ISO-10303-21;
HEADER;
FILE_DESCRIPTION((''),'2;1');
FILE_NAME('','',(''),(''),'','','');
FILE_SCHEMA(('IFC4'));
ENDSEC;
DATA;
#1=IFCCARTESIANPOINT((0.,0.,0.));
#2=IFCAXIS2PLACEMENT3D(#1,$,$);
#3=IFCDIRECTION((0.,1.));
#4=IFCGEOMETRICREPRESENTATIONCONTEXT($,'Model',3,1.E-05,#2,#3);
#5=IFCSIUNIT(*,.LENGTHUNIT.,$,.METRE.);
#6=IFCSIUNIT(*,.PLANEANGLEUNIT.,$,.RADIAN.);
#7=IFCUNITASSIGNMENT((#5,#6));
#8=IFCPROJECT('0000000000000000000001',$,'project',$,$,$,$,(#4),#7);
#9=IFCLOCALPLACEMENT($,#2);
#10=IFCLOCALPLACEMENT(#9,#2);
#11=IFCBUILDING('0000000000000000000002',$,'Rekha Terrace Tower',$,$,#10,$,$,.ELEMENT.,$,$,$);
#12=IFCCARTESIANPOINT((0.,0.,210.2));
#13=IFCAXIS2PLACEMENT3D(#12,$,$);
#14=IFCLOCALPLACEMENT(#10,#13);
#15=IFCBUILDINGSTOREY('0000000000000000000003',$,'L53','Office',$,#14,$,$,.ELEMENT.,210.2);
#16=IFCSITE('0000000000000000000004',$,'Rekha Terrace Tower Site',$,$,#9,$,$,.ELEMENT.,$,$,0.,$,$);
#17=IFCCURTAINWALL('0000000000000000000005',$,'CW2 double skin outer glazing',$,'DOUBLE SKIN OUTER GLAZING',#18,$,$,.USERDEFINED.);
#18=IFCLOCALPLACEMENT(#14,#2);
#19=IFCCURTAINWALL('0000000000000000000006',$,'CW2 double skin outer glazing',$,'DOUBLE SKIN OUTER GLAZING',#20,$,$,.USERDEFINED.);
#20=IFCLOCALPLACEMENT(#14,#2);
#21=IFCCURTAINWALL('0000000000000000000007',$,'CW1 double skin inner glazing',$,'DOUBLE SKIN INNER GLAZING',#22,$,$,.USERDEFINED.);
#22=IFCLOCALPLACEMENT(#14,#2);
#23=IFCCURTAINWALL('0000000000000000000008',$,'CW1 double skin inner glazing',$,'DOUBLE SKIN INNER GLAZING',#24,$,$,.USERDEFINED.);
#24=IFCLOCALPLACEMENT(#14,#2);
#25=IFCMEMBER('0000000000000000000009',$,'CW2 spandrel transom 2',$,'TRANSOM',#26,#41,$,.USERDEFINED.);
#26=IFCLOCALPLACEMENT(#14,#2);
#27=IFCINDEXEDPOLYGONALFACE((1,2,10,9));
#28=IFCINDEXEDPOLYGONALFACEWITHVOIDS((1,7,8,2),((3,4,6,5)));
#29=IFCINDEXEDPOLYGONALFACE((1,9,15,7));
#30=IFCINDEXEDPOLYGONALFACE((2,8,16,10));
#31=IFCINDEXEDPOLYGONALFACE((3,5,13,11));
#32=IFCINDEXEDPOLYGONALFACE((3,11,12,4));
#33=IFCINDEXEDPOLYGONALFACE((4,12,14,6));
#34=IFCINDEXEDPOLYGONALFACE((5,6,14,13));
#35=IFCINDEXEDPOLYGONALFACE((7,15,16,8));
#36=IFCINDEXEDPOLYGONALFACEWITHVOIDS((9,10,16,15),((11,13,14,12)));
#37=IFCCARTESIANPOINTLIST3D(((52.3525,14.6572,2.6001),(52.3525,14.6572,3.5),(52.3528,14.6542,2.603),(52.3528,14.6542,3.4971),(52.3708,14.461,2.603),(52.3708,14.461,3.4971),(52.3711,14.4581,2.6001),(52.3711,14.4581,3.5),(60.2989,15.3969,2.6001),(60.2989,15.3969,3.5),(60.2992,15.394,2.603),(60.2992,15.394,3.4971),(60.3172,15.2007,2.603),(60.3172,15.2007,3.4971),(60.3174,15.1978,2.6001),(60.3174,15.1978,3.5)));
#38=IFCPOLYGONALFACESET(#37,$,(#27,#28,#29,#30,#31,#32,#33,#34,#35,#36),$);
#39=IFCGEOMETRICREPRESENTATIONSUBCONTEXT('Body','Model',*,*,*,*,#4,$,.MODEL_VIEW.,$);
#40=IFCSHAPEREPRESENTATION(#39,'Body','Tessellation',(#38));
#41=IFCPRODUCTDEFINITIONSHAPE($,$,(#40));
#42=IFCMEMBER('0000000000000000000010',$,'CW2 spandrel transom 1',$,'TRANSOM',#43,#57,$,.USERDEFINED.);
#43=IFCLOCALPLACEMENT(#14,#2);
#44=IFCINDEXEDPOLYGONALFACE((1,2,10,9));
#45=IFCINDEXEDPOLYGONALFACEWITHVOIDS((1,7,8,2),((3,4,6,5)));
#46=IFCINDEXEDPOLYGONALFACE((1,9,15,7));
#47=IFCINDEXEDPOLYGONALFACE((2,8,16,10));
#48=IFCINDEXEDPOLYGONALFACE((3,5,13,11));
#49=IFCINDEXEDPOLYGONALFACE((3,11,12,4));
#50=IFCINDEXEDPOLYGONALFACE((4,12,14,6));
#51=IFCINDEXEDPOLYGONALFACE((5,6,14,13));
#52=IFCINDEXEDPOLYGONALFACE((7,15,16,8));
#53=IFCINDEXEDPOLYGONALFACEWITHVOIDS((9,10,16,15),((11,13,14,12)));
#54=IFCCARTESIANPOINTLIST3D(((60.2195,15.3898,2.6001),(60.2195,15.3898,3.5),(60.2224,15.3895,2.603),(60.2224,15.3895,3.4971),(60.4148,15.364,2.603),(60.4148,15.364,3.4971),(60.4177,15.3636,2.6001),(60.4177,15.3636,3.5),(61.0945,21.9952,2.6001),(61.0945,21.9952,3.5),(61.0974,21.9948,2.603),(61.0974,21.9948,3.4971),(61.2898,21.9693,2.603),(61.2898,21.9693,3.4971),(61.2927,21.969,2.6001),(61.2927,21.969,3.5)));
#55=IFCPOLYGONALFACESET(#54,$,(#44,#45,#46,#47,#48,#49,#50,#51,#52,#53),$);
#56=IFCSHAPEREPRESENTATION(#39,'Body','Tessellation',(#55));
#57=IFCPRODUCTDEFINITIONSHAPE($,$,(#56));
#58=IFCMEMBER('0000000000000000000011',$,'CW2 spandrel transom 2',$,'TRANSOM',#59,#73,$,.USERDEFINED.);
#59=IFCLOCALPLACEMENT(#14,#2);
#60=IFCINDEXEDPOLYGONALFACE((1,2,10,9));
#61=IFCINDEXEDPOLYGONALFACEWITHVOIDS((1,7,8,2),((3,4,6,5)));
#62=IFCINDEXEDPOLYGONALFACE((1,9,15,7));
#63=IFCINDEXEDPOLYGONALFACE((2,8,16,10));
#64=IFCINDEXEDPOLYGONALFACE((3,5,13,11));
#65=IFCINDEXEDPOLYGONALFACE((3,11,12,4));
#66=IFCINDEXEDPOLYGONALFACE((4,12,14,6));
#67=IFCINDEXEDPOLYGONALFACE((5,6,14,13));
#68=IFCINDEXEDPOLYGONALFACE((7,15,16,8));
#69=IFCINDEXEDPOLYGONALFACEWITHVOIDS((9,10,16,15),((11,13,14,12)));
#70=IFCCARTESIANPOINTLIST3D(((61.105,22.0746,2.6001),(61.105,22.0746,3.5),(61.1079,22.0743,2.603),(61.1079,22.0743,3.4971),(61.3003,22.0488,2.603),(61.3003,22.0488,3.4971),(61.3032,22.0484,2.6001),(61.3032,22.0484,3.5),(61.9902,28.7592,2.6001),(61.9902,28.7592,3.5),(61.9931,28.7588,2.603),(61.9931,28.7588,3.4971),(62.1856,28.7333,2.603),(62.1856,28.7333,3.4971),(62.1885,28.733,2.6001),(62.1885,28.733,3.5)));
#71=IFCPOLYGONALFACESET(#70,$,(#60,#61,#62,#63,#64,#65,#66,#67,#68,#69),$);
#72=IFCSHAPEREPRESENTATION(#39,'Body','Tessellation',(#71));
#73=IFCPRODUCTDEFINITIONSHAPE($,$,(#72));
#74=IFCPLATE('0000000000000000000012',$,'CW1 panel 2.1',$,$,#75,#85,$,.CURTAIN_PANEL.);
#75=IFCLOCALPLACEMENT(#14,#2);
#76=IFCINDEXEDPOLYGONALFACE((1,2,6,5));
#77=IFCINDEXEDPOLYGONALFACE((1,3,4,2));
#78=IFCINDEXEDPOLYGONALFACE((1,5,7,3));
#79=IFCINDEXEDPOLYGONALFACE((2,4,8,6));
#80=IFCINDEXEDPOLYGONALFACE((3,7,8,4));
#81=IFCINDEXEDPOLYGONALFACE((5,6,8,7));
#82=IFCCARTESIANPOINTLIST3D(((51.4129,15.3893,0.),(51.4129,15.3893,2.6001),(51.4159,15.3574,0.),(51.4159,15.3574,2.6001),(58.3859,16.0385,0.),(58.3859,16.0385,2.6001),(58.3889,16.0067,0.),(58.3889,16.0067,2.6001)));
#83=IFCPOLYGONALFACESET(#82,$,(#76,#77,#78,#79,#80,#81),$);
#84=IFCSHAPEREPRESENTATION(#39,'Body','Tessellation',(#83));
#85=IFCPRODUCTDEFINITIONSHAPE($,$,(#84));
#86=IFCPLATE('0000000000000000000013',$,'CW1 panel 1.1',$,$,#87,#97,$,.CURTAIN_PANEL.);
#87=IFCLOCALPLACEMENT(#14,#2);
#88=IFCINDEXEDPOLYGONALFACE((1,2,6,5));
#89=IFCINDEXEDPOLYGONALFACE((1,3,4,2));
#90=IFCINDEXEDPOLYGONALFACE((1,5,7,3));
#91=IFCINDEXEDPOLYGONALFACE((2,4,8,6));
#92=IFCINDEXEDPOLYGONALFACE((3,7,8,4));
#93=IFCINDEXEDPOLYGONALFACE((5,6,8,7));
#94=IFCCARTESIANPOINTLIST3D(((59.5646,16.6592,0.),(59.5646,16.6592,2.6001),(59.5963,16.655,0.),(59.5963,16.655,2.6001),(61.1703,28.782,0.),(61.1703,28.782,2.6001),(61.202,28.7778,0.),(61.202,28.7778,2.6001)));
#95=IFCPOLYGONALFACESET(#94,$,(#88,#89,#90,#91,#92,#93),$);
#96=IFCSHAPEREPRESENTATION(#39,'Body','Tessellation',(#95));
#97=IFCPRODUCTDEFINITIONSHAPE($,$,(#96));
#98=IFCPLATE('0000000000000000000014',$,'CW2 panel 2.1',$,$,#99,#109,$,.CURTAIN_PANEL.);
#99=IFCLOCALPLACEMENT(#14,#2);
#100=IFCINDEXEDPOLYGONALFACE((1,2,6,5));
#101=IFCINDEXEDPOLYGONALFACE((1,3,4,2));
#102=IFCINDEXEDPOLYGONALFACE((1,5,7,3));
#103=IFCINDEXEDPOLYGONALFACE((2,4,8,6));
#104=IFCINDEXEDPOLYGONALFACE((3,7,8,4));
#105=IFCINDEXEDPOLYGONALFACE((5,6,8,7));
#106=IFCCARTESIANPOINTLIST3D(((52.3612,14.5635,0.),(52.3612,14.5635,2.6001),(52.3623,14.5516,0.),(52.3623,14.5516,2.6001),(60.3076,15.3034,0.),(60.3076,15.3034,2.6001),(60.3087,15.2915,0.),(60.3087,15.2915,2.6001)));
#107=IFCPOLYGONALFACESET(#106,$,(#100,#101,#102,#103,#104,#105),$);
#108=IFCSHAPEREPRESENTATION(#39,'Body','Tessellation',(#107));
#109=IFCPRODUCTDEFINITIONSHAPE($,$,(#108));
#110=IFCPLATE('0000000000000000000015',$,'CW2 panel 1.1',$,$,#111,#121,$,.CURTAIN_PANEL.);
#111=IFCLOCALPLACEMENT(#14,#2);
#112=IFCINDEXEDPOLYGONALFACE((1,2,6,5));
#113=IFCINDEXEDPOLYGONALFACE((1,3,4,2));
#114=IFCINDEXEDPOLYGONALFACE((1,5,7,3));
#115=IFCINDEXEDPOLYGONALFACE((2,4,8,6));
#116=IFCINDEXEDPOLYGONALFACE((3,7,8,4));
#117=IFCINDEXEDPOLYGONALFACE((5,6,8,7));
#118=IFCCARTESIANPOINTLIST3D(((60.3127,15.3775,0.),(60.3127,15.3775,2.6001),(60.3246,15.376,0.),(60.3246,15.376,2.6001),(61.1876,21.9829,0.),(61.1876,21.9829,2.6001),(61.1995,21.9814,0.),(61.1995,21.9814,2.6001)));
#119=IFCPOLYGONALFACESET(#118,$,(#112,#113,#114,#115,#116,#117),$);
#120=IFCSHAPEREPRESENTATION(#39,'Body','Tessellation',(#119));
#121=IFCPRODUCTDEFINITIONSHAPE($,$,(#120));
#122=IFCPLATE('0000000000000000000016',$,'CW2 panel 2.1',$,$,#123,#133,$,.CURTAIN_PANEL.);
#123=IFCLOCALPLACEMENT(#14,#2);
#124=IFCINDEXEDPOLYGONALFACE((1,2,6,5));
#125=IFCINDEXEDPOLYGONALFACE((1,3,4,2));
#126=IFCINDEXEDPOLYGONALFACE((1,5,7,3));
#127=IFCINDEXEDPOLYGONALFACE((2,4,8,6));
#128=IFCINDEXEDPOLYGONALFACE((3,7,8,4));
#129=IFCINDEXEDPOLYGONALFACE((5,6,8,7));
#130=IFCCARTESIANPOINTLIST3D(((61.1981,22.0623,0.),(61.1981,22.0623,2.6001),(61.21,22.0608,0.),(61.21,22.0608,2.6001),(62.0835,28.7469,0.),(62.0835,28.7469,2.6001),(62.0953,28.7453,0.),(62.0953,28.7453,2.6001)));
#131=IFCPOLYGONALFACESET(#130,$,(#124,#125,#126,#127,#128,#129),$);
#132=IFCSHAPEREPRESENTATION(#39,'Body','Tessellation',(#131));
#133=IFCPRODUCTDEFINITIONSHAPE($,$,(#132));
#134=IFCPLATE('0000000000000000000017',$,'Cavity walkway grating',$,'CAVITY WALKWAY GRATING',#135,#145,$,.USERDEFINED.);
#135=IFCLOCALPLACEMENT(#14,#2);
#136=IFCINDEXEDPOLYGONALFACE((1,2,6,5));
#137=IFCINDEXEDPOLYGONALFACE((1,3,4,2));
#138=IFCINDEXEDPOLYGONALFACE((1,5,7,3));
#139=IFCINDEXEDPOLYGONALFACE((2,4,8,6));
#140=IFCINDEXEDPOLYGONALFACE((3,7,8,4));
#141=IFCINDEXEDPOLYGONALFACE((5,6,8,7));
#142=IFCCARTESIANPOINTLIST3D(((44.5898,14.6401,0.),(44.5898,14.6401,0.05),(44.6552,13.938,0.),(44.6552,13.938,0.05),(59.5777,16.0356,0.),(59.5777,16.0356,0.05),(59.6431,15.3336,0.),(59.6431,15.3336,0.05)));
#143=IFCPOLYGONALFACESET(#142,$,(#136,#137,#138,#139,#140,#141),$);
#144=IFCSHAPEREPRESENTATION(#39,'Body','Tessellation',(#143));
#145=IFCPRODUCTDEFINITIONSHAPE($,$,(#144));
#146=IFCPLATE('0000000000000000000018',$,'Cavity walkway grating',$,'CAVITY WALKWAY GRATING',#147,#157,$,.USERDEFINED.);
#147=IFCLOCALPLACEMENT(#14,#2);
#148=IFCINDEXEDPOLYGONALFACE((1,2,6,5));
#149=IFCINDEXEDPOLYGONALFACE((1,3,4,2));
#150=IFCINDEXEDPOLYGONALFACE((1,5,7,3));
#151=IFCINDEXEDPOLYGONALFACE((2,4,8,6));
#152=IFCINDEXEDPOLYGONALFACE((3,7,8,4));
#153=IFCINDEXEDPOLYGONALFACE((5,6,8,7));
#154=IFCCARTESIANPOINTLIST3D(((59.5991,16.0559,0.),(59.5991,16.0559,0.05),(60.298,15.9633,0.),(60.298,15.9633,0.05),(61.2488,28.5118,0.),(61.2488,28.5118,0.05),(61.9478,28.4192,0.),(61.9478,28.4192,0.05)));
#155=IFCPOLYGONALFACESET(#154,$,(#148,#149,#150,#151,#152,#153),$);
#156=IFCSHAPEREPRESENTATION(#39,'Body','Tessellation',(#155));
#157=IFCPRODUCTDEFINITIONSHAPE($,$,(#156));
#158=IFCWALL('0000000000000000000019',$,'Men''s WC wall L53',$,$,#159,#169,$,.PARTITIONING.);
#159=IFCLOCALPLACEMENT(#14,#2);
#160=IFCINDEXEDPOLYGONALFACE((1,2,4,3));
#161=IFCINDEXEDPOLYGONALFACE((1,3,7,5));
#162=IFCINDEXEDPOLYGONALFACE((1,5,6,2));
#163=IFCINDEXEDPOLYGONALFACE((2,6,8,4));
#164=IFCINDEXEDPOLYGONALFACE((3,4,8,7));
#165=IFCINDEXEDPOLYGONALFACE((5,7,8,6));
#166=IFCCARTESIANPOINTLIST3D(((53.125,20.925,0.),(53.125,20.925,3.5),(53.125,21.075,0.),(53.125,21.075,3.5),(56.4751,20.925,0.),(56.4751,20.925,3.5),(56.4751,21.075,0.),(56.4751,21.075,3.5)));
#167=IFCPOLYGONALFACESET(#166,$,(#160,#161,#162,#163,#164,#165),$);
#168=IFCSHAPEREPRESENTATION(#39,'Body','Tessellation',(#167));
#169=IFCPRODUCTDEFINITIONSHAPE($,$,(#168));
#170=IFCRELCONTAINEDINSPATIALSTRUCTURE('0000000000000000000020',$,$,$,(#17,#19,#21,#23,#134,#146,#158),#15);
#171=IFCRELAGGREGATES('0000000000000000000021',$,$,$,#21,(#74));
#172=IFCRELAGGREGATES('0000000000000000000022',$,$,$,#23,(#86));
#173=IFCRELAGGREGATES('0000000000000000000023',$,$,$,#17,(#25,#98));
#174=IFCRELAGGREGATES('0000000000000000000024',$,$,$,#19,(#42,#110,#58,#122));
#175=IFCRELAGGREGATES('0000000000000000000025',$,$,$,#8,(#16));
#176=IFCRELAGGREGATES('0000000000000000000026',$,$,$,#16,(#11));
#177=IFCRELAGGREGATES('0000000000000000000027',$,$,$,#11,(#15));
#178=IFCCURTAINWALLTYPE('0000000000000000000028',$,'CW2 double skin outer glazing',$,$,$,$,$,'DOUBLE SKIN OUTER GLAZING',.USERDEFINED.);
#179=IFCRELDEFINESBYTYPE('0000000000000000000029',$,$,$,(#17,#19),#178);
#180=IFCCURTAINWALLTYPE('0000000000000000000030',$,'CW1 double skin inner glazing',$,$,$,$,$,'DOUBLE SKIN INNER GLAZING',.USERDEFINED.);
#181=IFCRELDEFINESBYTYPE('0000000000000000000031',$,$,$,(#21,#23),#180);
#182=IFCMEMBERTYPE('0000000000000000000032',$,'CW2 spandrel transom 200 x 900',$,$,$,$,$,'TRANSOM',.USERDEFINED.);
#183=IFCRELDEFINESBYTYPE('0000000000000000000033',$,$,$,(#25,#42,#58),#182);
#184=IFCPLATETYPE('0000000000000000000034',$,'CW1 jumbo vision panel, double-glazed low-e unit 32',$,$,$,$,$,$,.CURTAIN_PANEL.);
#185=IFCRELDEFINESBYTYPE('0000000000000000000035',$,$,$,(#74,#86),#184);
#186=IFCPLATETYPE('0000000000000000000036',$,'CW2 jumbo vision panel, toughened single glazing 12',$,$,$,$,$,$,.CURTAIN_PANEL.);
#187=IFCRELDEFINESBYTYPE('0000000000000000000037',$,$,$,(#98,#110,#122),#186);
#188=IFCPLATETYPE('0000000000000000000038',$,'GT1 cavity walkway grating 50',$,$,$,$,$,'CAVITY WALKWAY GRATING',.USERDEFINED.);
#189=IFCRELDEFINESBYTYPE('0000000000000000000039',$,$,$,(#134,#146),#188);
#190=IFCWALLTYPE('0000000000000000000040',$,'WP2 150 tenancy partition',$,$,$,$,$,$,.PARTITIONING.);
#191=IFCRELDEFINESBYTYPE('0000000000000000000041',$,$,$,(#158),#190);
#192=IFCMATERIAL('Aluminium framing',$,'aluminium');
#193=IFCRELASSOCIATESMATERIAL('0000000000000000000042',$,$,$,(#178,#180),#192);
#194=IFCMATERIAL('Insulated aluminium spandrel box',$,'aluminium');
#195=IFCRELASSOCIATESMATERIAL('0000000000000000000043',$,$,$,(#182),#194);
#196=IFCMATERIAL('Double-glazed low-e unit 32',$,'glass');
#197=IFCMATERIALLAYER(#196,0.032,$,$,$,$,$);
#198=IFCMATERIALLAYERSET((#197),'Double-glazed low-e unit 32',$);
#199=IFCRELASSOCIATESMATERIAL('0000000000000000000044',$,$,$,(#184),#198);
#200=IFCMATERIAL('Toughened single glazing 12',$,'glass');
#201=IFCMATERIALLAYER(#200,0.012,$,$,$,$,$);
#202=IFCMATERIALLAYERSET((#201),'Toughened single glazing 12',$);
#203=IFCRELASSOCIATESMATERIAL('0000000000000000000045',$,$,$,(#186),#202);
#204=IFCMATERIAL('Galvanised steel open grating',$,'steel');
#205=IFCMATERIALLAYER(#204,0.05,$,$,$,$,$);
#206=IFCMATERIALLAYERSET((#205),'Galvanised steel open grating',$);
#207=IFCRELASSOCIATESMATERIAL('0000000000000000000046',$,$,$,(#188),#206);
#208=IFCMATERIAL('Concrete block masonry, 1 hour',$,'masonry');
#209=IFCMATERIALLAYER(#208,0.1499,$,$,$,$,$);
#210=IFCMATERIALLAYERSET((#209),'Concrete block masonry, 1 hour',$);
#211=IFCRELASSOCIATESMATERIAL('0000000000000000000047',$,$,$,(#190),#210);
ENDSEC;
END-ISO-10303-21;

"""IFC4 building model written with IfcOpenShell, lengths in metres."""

from ifc_helpers import new_model, si_unit, direction, frame, frame_2d, origin, origin_2d, place, context, subcontext, project, spatial, rectangle, hollow_rectangle, extrude, material, layer, layer_set, material_profile, profile_set, type_object, element, aggregate, save


model = new_model("IFC4")

# Units and contexts
model_context = context("Model", 3, precision=1e-05, world=origin(), true_north=direction((0.0, 1.0)))
body_context = subcontext(model_context, "Body", "Model", "MODEL_VIEW")
ifc_project = project(units=[si_unit("LENGTHUNIT", "METRE"), si_unit("PLANEANGLEUNIT", "RADIAN")], contexts=[model_context])

# Site, building, storey
site_placement = place(None, origin())
site = spatial("IfcSite", under=ifc_project, at=site_placement, Name="Rekha Terrace Tower Site", CompositionType="ELEMENT", RefElevation=0.0)
building_placement = place(site_placement, origin())
building = spatial("IfcBuilding", under=site, at=building_placement, Name="Rekha Terrace Tower", CompositionType="ELEMENT")
storey_placement = place(building_placement, frame((0.0, 0.0, 210.2)))
storey = spatial("IfcBuildingStorey", under=building, at=storey_placement, Name="L53", Description="Office", CompositionType="ELEMENT", Elevation=210.2)

# Curtain walls
ifc_material_1 = material(Name="Aluminium framing", Category="aluminium")
curtain_wall_type_1 = type_object("IfcCurtainWallType", Name="CW2 double skin outer glazing", ElementType="DOUBLE SKIN OUTER GLAZING", PredefinedType="USERDEFINED", material=ifc_material_1)
curtain_wall_1_placement = place(storey_placement, origin())
curtain_wall_1 = element("IfcCurtainWall", 1, at=curtain_wall_1_placement, inside=storey, type_object=curtain_wall_type_1, Name="CW2 double skin outer glazing", ObjectType="DOUBLE SKIN OUTER GLAZING", PredefinedType="USERDEFINED")
curtain_wall_2_placement = place(storey_placement, origin())
curtain_wall_2 = element("IfcCurtainWall", 2, at=curtain_wall_2_placement, inside=storey, type_object=curtain_wall_type_1, Name="CW2 double skin outer glazing", ObjectType="DOUBLE SKIN OUTER GLAZING", PredefinedType="USERDEFINED")
curtain_wall_type_2 = type_object("IfcCurtainWallType", Name="CW1 double skin inner glazing", ElementType="DOUBLE SKIN INNER GLAZING", PredefinedType="USERDEFINED", material=ifc_material_1)
curtain_wall_3_placement = place(storey_placement, origin())
curtain_wall_3 = element("IfcCurtainWall", 3, at=curtain_wall_3_placement, inside=storey, type_object=curtain_wall_type_2, Name="CW1 double skin inner glazing", ObjectType="DOUBLE SKIN INNER GLAZING", PredefinedType="USERDEFINED")

# Curtain wall
curtain_wall_4_placement = place(storey_placement, origin())
curtain_wall_4 = element("IfcCurtainWall", 4, at=curtain_wall_4_placement, inside=storey, type_object=curtain_wall_type_2, Name="CW1 double skin inner glazing", ObjectType="DOUBLE SKIN INNER GLAZING", PredefinedType="USERDEFINED")
ifc_material_2 = material(Name="Insulated aluminium spandrel box", Category="aluminium")

# Members
ifc_material_profile_1 = material_profile(ifc_material_2, hollow_rectangle(XDim=0.2, YDim=0.8999, WallThickness=0.0029, at=origin_2d()), Name="AL SPANDREL BOX 200x900")
ifc_profile_set_1 = profile_set([ifc_material_profile_1], Name="Insulated aluminium spandrel box")
member_type_1 = type_object("IfcMemberType", Name="CW2 spandrel transom 200 x 900", ElementType="TRANSOM", PredefinedType="USERDEFINED", material=ifc_profile_set_1)
member_1_placement = place(storey_placement, frame((52.3618, 14.5576, 3.05), z_axis=(0.995695, 0.092692, 0.0), x_axis=(-0.092692, 0.995695, 0.0)))
member_1 = element("IfcMember", 5, at=member_1_placement, type_object=member_type_1, Name="CW2 spandrel transom 2", ObjectType="TRANSOM", PredefinedType="USERDEFINED", context=body_context, shape_type="SweptSolid", body=[
    extrude(hollow_rectangle(XDim=0.2, YDim=0.8999, WallThickness=0.0029, at=origin_2d()), origin(), (0.0, 0.0, 1.0), 7.9807),
])
member_2_placement = place(storey_placement, frame((60.3186, 15.3767, 3.05), z_axis=(0.131319, 0.99134, 0.0), x_axis=(-0.99134, 0.131319, 0.0)))
member_2 = element("IfcMember", 6, at=member_2_placement, type_object=member_type_1, Name="CW2 spandrel transom 1", ObjectType="TRANSOM", PredefinedType="USERDEFINED", context=body_context, shape_type="SweptSolid", body=[
    extrude(hollow_rectangle(XDim=0.2, YDim=0.8999, WallThickness=0.0029, at=origin_2d()), origin(), (0.0, 0.0, 1.0), 6.6631),
])
member_3_placement = place(storey_placement, frame((61.2041, 22.0615, 3.05), z_axis=(0.131286, 0.991345, 0.0), x_axis=(-0.991345, 0.131286, 0.0)))
member_3 = element("IfcMember", 7, at=member_3_placement, type_object=member_type_1, Name="CW2 spandrel transom 2", ObjectType="TRANSOM", PredefinedType="USERDEFINED", context=body_context, shape_type="SweptSolid", body=[
    extrude(hollow_rectangle(XDim=0.2, YDim=0.8999, WallThickness=0.0029, at=origin_2d()), origin(), (0.0, 0.0, 1.0), 6.7429),
])

# Plates
ifc_material_3 = material(Name="Double-glazed low-e unit 32", Category="glass")
ifc_layer_1 = layer(ifc_material_3, 0.032)
ifc_layer_set_1 = layer_set([ifc_layer_1], Name="Double-glazed low-e unit 32")
plate_type_1 = type_object("IfcPlateType", Name="CW1 jumbo vision panel, double-glazed low-e unit 32", PredefinedType="CURTAIN_PANEL", material=ifc_layer_set_1)
plate_1_placement = place(storey_placement, frame((54.9009, 15.698, 0.0), z_axis=(0.0, 0.0, 1.0), x_axis=(0.995693, 0.092709, 0.0)))
plate_1 = element("IfcPlate", 8, at=plate_1_placement, type_object=plate_type_1, Name="CW1 panel 2.1", PredefinedType="CURTAIN_PANEL", context=body_context, shape_type="SweptSolid", body=[
    extrude(rectangle(XDim=7.0032, YDim=0.032, at=origin_2d()), origin(), (0.0, 0.0, 1.0), 2.6001),
])
aggregate(curtain_wall_3, [plate_1])
plate_2_placement = place(storey_placement, frame((60.3833, 22.7185, 0.0), z_axis=(0.0, 0.0, 1.0), x_axis=(0.131304, 0.991342, 0.0)))
plate_2 = element("IfcPlate", 9, at=plate_2_placement, type_object=plate_type_1, Name="CW1 panel 1.1", PredefinedType="CURTAIN_PANEL", context=body_context, shape_type="SweptSolid", body=[
    extrude(rectangle(XDim=12.2288, YDim=0.032, at=origin_2d()), origin(), (0.0, 0.0, 1.0), 2.6001),
])
aggregate(curtain_wall_4, [plate_2])
ifc_material_4 = material(Name="Toughened single glazing 12", Category="glass")
ifc_layer_2 = layer(ifc_material_4, 0.012)
ifc_layer_set_2 = layer_set([ifc_layer_2], Name="Toughened single glazing 12")
plate_type_2 = type_object("IfcPlateType", Name="CW2 jumbo vision panel, toughened single glazing 12", PredefinedType="CURTAIN_PANEL", material=ifc_layer_set_2)
plate_3_placement = place(storey_placement, frame((56.335, 14.9275, 0.0), z_axis=(0.0, 0.0, 1.0), x_axis=(0.995693, 0.092709, 0.0)))
plate_3 = element("IfcPlate", 10, at=plate_3_placement, type_object=plate_type_2, Name="CW2 panel 2.1", PredefinedType="CURTAIN_PANEL", context=body_context, shape_type="SweptSolid", body=[
    extrude(rectangle(XDim=7.9807, YDim=0.012, at=origin_2d()), origin(), (0.0, 0.0, 1.0), 2.6001),
])
aggregate(curtain_wall_1, [member_1, plate_3])
plate_4_placement = place(storey_placement, frame((60.7561, 18.6794, 0.0), z_axis=(0.0, 0.0, 1.0), x_axis=(0.131304, 0.991342, 0.0)))
plate_4 = element("IfcPlate", 11, at=plate_4_placement, type_object=plate_type_2, Name="CW2 panel 1.1", PredefinedType="CURTAIN_PANEL", context=body_context, shape_type="SweptSolid", body=[
    extrude(rectangle(XDim=6.6631, YDim=0.012, at=origin_2d()), origin(), (0.0, 0.0, 1.0), 2.6001),
])
plate_5_placement = place(storey_placement, frame((61.6467, 25.4038, 0.0), z_axis=(0.0, 0.0, 1.0), x_axis=(0.131304, 0.991342, 0.0)))
plate_5 = element("IfcPlate", 12, at=plate_5_placement, type_object=plate_type_2, Name="CW2 panel 2.1", PredefinedType="CURTAIN_PANEL", context=body_context, shape_type="SweptSolid", body=[
    extrude(rectangle(XDim=6.7429, YDim=0.012, at=origin_2d()), origin(), (0.0, 0.0, 1.0), 2.6001),
])
aggregate(curtain_wall_2, [member_2, plate_4, member_3, plate_5])

# Plates
ifc_material_5 = material(Name="Galvanised steel open grating", Category="steel")
ifc_layer_3 = layer(ifc_material_5, 0.05)
ifc_layer_set_3 = layer_set([ifc_layer_3], Name="Galvanised steel open grating")
plate_type_3 = type_object("IfcPlateType", Name="GT1 cavity walkway grating 50", ElementType="CAVITY WALKWAY GRATING", PredefinedType="USERDEFINED", material=ifc_layer_set_3)
plate_6_placement = place(storey_placement, frame((52.1165, 14.9868, 0.0), z_axis=(0.0, 0.0, 1.0), x_axis=(0.995693, 0.092709, 0.0)))
element("IfcPlate", 13, at=plate_6_placement, inside=storey, type_object=plate_type_3, Name="Cavity walkway grating", ObjectType="CAVITY WALKWAY GRATING", PredefinedType="USERDEFINED", context=body_context, shape_type="SweptSolid", body=[
    extrude(rectangle(XDim=15.0527, YDim=0.7051, at=origin_2d()), origin(), (0.0, 0.0, 1.0), 0.05),
])
plate_7_placement = place(storey_placement, frame((60.7734, 22.2375, 0.0), z_axis=(0.0, 0.0, 1.0), x_axis=(0.131304, 0.991342, 0.0)))
element("IfcPlate", 14, at=plate_7_placement, inside=storey, type_object=plate_type_3, Name="Cavity walkway grating", ObjectType="CAVITY WALKWAY GRATING", PredefinedType="USERDEFINED", context=body_context, shape_type="SweptSolid", body=[
    extrude(rectangle(XDim=12.5647, YDim=0.7051, at=origin_2d()), origin(), (0.0, 0.0, 1.0), 0.05),
])

# Wall
ifc_material_6 = material(Name="Concrete block masonry, 1 hour", Category="masonry")
ifc_layer_4 = layer(ifc_material_6, 0.1499)
ifc_layer_set_4 = layer_set([ifc_layer_4], Name="Concrete block masonry, 1 hour")
wall_type_1 = type_object("IfcWallType", Name="WP2 150 tenancy partition", PredefinedType="PARTITIONING", material=ifc_layer_set_4)
wall_1_placement = place(storey_placement, frame((53.125, 21.0, 0.0), z_axis=(0.0, 0.0, 1.0), x_axis=(1.0, 0.0, 0.0)))
element("IfcWall", 15, at=wall_1_placement, inside=storey, type_object=wall_type_1, Name="Men's WC wall L53", PredefinedType="PARTITIONING", context=body_context, shape_type="SweptSolid", body=[
    extrude(rectangle(XDim=3.3501, YDim=0.1499, at=frame_2d((1.675, 0.0))), origin(), (0.0, 0.0, 1.0), 3.5),
])

save(model, "model.ifc")
